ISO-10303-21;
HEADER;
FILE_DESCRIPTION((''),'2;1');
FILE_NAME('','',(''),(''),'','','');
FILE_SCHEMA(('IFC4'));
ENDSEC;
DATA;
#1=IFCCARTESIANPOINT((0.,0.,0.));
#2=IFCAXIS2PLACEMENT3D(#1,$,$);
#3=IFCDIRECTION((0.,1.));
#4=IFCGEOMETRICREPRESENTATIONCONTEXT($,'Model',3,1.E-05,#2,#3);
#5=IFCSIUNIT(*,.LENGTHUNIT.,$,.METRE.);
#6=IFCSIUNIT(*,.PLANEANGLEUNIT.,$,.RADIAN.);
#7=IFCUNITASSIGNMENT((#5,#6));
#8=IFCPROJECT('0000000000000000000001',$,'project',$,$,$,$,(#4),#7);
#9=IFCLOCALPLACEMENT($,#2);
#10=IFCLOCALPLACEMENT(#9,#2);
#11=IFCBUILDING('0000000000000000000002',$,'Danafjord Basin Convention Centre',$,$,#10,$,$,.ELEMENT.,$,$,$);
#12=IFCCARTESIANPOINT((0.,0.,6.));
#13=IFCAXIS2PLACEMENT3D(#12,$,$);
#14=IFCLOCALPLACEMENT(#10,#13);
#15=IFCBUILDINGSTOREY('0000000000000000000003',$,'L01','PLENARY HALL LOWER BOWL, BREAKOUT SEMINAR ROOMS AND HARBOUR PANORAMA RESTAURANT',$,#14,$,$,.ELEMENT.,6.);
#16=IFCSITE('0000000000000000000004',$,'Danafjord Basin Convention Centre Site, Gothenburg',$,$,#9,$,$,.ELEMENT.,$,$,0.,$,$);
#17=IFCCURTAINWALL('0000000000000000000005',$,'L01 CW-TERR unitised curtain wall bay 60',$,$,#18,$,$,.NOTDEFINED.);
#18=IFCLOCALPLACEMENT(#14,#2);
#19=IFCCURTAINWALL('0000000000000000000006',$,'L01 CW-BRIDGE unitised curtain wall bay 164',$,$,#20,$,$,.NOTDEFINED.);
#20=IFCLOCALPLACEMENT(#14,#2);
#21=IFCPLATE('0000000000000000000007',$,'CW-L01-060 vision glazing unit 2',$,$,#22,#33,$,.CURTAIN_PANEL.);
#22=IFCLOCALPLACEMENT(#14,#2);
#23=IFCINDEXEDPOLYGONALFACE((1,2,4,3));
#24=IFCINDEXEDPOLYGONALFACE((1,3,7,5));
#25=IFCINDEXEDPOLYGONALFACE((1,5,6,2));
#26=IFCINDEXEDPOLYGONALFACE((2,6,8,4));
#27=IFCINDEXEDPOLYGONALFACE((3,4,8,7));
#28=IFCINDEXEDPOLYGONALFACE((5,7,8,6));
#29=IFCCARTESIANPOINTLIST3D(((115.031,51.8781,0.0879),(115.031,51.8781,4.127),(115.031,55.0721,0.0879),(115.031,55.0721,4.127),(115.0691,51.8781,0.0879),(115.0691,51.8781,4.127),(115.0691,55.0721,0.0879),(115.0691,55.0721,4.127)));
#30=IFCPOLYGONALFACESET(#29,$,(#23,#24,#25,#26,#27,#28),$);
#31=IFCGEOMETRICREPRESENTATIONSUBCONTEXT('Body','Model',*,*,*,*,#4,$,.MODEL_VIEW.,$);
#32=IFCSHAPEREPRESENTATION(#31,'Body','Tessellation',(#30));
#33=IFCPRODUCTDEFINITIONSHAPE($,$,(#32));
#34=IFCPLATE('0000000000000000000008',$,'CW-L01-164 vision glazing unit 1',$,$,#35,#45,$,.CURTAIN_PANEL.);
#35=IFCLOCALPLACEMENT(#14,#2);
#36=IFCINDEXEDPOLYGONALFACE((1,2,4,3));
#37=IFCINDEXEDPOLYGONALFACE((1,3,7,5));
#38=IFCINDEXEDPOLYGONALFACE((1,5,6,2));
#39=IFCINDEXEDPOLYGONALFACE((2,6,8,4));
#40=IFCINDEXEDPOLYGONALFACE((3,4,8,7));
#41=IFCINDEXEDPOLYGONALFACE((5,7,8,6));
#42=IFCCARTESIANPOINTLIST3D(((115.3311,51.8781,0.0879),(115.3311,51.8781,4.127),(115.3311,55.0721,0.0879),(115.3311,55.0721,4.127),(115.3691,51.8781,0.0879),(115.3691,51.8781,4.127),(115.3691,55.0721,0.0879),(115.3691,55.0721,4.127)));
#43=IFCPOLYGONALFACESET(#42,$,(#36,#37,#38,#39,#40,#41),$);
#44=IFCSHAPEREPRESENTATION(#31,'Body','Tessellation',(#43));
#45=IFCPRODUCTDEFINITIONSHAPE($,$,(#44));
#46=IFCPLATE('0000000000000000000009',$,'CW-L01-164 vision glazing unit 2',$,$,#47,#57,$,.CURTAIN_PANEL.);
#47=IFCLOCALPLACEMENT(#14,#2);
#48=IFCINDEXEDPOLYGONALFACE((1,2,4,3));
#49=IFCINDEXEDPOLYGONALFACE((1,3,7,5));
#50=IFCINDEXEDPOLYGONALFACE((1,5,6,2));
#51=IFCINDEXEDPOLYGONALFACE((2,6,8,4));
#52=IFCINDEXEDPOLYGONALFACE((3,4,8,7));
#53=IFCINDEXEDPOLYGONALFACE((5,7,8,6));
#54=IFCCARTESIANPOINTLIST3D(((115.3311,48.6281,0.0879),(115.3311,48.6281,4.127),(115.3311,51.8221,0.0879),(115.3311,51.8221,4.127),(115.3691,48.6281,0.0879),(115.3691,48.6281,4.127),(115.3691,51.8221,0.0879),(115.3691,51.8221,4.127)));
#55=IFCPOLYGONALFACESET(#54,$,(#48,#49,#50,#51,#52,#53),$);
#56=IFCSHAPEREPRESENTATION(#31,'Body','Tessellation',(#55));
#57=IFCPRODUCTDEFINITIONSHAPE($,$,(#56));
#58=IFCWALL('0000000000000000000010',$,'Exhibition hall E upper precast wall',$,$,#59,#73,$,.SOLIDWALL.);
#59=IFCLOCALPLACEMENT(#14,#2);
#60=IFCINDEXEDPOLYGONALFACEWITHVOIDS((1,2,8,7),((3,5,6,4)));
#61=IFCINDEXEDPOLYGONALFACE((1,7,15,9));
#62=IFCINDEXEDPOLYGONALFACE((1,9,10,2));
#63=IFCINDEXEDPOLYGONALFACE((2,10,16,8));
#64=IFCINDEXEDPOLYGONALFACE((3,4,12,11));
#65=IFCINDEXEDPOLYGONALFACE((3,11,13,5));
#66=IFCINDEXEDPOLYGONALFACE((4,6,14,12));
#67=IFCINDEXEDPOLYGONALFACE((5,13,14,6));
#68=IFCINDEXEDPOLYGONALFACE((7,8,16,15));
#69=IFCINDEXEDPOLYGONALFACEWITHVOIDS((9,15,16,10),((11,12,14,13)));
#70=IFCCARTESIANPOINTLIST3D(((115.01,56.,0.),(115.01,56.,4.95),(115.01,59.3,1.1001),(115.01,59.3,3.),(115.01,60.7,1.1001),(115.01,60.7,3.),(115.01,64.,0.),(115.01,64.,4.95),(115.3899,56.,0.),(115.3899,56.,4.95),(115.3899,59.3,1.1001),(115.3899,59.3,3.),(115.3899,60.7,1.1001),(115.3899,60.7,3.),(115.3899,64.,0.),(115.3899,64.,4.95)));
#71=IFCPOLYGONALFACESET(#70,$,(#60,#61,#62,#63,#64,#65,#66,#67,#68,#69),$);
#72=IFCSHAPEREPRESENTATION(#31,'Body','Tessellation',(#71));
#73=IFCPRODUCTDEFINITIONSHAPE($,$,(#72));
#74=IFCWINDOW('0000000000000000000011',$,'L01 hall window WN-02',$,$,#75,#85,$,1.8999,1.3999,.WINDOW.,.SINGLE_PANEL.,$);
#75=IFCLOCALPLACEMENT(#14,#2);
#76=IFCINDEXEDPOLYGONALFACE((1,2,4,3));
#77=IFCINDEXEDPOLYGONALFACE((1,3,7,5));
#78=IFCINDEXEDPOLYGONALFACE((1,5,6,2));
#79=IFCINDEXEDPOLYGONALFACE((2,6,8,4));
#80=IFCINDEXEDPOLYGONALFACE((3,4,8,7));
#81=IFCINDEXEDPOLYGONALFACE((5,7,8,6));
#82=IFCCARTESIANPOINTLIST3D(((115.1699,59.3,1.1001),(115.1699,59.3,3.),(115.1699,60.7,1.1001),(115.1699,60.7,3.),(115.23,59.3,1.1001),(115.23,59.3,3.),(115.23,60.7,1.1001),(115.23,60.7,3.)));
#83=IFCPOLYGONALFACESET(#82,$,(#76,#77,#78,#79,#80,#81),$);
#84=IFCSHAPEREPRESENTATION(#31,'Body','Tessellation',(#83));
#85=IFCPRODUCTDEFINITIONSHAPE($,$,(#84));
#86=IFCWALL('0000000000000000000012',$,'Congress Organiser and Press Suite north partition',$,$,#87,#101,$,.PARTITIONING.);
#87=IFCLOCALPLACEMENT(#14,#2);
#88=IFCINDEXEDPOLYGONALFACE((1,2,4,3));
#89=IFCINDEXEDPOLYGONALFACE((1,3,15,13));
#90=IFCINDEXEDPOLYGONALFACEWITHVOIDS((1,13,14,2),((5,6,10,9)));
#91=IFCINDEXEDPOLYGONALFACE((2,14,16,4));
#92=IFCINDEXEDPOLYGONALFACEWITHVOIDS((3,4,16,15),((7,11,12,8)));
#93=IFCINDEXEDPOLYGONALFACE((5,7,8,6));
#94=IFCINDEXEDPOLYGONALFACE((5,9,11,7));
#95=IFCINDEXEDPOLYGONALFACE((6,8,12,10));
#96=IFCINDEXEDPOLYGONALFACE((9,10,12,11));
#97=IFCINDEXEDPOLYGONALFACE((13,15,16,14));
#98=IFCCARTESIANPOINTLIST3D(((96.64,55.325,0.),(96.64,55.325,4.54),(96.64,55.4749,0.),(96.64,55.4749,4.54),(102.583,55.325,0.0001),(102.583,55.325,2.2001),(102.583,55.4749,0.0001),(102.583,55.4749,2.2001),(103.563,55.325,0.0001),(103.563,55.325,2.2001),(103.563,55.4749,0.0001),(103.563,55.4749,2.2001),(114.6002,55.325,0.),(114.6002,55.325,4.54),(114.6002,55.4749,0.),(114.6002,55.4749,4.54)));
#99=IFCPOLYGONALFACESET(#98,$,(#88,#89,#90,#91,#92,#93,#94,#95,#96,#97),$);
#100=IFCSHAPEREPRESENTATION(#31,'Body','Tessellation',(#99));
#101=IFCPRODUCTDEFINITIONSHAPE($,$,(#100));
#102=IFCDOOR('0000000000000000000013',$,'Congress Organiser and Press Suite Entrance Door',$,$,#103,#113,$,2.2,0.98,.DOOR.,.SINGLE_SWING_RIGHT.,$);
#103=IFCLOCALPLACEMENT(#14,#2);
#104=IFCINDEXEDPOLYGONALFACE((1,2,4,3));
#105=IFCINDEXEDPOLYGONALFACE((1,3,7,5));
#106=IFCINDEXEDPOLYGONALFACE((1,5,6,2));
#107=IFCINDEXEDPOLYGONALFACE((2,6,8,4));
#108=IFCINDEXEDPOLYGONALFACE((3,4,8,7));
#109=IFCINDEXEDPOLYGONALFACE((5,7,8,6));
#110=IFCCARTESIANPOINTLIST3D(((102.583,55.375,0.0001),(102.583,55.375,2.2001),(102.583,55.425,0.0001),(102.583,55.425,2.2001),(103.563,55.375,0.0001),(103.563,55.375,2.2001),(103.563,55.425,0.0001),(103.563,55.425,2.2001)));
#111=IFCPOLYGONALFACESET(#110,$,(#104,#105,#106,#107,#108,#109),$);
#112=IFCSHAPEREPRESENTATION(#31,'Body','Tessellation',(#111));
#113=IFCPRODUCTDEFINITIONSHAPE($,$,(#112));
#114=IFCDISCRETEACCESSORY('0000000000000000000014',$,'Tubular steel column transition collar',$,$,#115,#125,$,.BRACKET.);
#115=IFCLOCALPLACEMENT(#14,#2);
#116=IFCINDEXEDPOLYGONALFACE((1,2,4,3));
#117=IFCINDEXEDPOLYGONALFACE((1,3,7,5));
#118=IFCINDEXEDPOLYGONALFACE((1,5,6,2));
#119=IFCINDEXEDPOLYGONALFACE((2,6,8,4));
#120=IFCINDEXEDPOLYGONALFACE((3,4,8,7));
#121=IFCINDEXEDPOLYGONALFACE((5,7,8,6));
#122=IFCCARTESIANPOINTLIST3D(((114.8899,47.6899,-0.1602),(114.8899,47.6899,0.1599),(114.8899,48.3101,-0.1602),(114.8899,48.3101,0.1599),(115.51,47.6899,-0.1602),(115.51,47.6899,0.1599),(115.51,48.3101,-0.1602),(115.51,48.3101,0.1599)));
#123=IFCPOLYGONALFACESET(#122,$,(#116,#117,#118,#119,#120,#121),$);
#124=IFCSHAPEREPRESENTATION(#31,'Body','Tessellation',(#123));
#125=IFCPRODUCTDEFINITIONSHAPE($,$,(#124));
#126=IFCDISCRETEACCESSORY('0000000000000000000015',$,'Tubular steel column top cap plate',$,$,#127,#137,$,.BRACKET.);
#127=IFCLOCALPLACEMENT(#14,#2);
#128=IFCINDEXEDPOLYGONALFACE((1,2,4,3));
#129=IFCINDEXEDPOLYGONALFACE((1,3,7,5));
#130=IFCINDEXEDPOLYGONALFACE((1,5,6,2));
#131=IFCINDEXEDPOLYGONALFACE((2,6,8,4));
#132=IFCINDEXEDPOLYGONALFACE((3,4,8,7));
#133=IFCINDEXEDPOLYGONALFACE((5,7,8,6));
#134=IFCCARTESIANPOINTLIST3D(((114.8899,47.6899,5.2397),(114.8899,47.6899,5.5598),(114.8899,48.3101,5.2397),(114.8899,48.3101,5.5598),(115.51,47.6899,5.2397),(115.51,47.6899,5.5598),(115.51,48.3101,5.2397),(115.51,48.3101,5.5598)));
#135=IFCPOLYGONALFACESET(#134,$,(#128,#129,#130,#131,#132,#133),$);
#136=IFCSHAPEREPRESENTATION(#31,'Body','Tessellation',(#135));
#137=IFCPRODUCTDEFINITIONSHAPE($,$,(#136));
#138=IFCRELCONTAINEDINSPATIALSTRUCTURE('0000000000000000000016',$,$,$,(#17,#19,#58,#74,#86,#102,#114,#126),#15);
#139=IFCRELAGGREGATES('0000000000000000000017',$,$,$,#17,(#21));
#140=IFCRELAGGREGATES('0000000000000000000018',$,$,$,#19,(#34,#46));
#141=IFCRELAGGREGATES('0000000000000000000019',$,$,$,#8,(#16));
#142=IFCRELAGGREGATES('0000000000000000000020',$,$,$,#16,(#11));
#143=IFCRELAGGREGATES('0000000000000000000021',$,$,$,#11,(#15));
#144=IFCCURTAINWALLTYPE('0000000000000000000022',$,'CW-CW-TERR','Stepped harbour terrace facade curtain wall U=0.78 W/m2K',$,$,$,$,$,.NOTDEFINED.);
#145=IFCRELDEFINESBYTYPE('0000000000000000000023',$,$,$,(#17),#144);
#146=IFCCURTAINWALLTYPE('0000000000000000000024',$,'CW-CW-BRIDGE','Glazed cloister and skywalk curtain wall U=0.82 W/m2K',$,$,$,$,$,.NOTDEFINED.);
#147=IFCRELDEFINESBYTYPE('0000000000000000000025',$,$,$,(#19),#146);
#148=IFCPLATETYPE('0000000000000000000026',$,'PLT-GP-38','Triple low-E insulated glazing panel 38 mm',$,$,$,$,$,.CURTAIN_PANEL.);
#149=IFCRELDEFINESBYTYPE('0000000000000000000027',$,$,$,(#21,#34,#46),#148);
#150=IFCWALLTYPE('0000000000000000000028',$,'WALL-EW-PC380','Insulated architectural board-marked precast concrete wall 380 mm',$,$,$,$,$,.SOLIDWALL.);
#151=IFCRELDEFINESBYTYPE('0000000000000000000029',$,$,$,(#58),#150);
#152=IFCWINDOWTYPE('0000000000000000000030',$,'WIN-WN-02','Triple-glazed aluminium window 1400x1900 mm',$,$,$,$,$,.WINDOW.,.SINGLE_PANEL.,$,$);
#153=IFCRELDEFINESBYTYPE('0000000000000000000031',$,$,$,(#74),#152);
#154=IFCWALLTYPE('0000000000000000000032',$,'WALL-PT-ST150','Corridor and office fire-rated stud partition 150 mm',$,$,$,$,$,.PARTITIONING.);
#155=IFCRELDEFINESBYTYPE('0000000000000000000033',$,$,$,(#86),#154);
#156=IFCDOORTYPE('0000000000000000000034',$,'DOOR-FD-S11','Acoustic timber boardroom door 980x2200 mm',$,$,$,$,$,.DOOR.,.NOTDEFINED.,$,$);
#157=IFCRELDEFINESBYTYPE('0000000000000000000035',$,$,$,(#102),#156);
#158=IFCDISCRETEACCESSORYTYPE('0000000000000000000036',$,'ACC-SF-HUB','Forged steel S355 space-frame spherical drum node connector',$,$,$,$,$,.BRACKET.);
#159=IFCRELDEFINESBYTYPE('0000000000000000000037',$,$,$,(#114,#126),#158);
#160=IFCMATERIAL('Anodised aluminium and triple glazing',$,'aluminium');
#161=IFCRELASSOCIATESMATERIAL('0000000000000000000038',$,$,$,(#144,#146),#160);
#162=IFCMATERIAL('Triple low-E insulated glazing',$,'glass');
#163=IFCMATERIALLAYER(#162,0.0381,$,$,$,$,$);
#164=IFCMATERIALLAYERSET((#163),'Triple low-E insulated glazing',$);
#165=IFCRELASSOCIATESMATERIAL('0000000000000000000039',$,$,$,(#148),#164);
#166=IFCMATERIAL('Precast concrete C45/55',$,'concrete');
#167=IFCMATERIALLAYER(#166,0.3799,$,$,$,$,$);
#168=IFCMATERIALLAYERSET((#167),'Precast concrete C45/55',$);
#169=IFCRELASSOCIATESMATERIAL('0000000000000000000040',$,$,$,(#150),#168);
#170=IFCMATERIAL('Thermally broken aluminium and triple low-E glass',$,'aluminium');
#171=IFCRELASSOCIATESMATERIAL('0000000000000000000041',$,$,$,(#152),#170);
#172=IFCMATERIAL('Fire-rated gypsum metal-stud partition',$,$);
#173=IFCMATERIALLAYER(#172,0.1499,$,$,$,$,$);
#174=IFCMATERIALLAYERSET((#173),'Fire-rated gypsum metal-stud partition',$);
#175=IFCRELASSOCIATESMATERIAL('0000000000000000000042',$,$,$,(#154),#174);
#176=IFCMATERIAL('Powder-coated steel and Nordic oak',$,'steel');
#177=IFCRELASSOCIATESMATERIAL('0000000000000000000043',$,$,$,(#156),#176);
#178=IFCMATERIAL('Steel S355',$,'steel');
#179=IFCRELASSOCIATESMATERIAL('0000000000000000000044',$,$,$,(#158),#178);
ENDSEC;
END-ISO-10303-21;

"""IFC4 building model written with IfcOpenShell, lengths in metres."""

from ifc_helpers import new_model, si_unit, direction, frame, frame_2d, origin, origin_2d, place, context, subcontext, project, spatial, rectangle, extrude, material, layer, layer_set, type_object, element, fill, aggregate, save


model = new_model("IFC4")

# Units and contexts
model_context = context("Model", 3, precision=1e-05, world=origin(), true_north=direction((0.0, 1.0)))
body_context = subcontext(model_context, "Body", "Model", "MODEL_VIEW")
ifc_project = project(units=[si_unit("LENGTHUNIT", "METRE"), si_unit("PLANEANGLEUNIT", "RADIAN")], contexts=[model_context])

# Site, building, storey
site_placement = place(None, origin())
site = spatial("IfcSite", under=ifc_project, at=site_placement, Name="Danafjord Basin Convention Centre Site, Gothenburg", CompositionType="ELEMENT", RefElevation=0.0)
building_placement = place(site_placement, origin())
building = spatial("IfcBuilding", under=site, at=building_placement, Name="Danafjord Basin Convention Centre", CompositionType="ELEMENT")
storey_placement = place(building_placement, frame((0.0, 0.0, 6.0)))
storey = spatial("IfcBuildingStorey", under=building, at=storey_placement, Name="L01", Description="PLENARY HALL LOWER BOWL, BREAKOUT SEMINAR ROOMS AND HARBOUR PANORAMA RESTAURANT", CompositionType="ELEMENT", Elevation=6.0)

# Shared definitions
ifc_material_1 = material(Name="Steel S355", Category="steel")

# Curtain wall
ifc_material_2 = material(Name="Anodised aluminium and triple glazing", Category="aluminium")
curtain_wall_type_1 = type_object("IfcCurtainWallType", Name="CW-CW-TERR", Description="Stepped harbour terrace facade curtain wall U=0.78 W/m2K", PredefinedType="NOTDEFINED", material=ifc_material_2)
curtain_wall_1_placement = place(storey_placement, origin())
curtain_wall_1 = element("IfcCurtainWall", 1, at=curtain_wall_1_placement, inside=storey, type_object=curtain_wall_type_1, Name="L01 CW-TERR unitised curtain wall bay 60", PredefinedType="NOTDEFINED")

# Shared definitions
curtain_wall_type_2 = type_object("IfcCurtainWallType", Name="CW-CW-BRIDGE", Description="Glazed cloister and skywalk curtain wall U=0.82 W/m2K", PredefinedType="NOTDEFINED", material=ifc_material_2)

# Curtain wall
curtain_wall_2_placement = place(storey_placement, origin())
curtain_wall_2 = element("IfcCurtainWall", 2, at=curtain_wall_2_placement, inside=storey, type_object=curtain_wall_type_2, Name="L01 CW-BRIDGE unitised curtain wall bay 164", PredefinedType="NOTDEFINED")

# Plates
ifc_material_3 = material(Name="Triple low-E insulated glazing", Category="glass")
ifc_layer_1 = layer(ifc_material_3, 0.0381)
ifc_layer_set_1 = layer_set([ifc_layer_1], Name="Triple low-E insulated glazing")
plate_type = type_object("IfcPlateType", Name="PLT-GP-38", Description="Triple low-E insulated glazing panel 38 mm", PredefinedType="CURTAIN_PANEL", material=ifc_layer_set_1)
plate_1_placement = place(storey_placement, frame((115.05, 53.4751, 0.0879), z_axis=(0.0, 0.0, 1.0), x_axis=(0.0, 1.0, 0.0)))
plate_1 = element("IfcPlate", 3, at=plate_1_placement, type_object=plate_type, Name="CW-L01-060 vision glazing unit 2", PredefinedType="CURTAIN_PANEL", context=body_context, shape_type="SweptSolid", body=[
    extrude(rectangle(XDim=3.1941, YDim=0.0381, at=origin_2d()), origin(), (0.0, 0.0, 1.0), 4.0391),
])
aggregate(curtain_wall_1, [plate_1])
plate_2_placement = place(storey_placement, frame((115.3501, 53.4751, 0.0879), z_axis=(0.0, 0.0, 1.0), x_axis=(0.0, -1.0, 0.0)))
plate_2 = element("IfcPlate", 4, at=plate_2_placement, type_object=plate_type, Name="CW-L01-164 vision glazing unit 1", PredefinedType="CURTAIN_PANEL", context=body_context, shape_type="SweptSolid", body=[
    extrude(rectangle(XDim=3.1941, YDim=0.0381, at=origin_2d()), origin(), (0.0, 0.0, 1.0), 4.0391),
])
plate_3_placement = place(storey_placement, frame((115.3501, 50.2251, 0.0879), z_axis=(0.0, 0.0, 1.0), x_axis=(0.0, -1.0, 0.0)))
plate_3 = element("IfcPlate", 5, at=plate_3_placement, type_object=plate_type, Name="CW-L01-164 vision glazing unit 2", PredefinedType="CURTAIN_PANEL", context=body_context, shape_type="SweptSolid", body=[
    extrude(rectangle(XDim=3.1941, YDim=0.0381, at=origin_2d()), origin(), (0.0, 0.0, 1.0), 4.0391),
])
aggregate(curtain_wall_2, [plate_2, plate_3])

# Wall, opening, window
ifc_material_4 = material(Name="Precast concrete C45/55", Category="concrete")
ifc_layer_2 = layer(ifc_material_4, 0.3799)
ifc_layer_set_2 = layer_set([ifc_layer_2], Name="Precast concrete C45/55")
wall_type_1 = type_object("IfcWallType", Name="WALL-EW-PC380", Description="Insulated architectural board-marked precast concrete wall 380 mm", PredefinedType="SOLIDWALL", material=ifc_layer_set_2)
wall_1_placement = place(storey_placement, frame((115.2, 56.0, 0.0), z_axis=(0.0, 0.0, 1.0), x_axis=(0.0, 1.0, 0.0)))
wall_1 = element("IfcWall", 6, at=wall_1_placement, inside=storey, type_object=wall_type_1, Name="Exhibition hall E upper precast wall", PredefinedType="SOLIDWALL", context=body_context, shape_type="SweptSolid", body=[
    extrude(rectangle(XDim=8.0, YDim=0.3799, at=frame_2d((4.0, 0.0))), origin(), (0.0, 0.0, 1.0), 4.95),
])
opening_1_placement = place(wall_1_placement, frame((3.3, 0.0, 1.1001)))
opening_1 = element("IfcOpeningElement", 7, at=opening_1_placement, cuts=wall_1, PredefinedType="OPENING", context=body_context, shape_type="SweptSolid", body=[
    extrude(rectangle(XDim=1.3999, YDim=1.8999, at=frame_2d((0.7, 0.95))), frame((0.0, 0.2, 0.0), z_axis=(0.0, -1.0, 0.0), x_axis=(1.0, 0.0, 0.0)), (0.0, 0.0, 1.0), 0.3999),
])
ifc_material_5 = material(Name="Thermally broken aluminium and triple low-E glass", Category="aluminium")
window_type = type_object("IfcWindowType", Name="WIN-WN-02", Description="Triple-glazed aluminium window 1400x1900 mm", PartitioningType="SINGLE_PANEL", PredefinedType="WINDOW", material=ifc_material_5)
window_placement = place(opening_1_placement, origin())
window = element("IfcWindow", 8, at=window_placement, inside=storey, type_object=window_type, Name="L01 hall window WN-02", OverallHeight=1.8999, OverallWidth=1.3999, PartitioningType="SINGLE_PANEL", PredefinedType="WINDOW", context=body_context, shape_type="SweptSolid", body=[
    extrude(rectangle(XDim=1.3999, YDim=1.8999, at=frame_2d((0.7, 0.95))), frame((0.0, 0.03, 0.0), z_axis=(0.0, -1.0, 0.0), x_axis=(1.0, 0.0, 0.0)), (0.0, 0.0, 1.0), 0.0601),
])
fill(opening_1, window)

# Wall, opening, door
ifc_material_6 = material(Name="Fire-rated gypsum metal-stud partition")
ifc_layer_3 = layer(ifc_material_6, 0.1499)
ifc_layer_set_3 = layer_set([ifc_layer_3], Name="Fire-rated gypsum metal-stud partition")
wall_type_2 = type_object("IfcWallType", Name="WALL-PT-ST150", Description="Corridor and office fire-rated stud partition 150 mm", PredefinedType="PARTITIONING", material=ifc_layer_set_3)
wall_2_placement = place(storey_placement, frame((114.6001, 55.3999, 0.0), z_axis=(0.0, 0.0, 1.0), x_axis=(-1.0, 0.0, 0.0)))
wall_2 = element("IfcWall", 9, at=wall_2_placement, inside=storey, type_object=wall_type_2, Name="Congress Organiser and Press Suite north partition", PredefinedType="PARTITIONING", context=body_context, shape_type="SweptSolid", body=[
    extrude(rectangle(XDim=17.9602, YDim=0.1499, at=frame_2d((8.98, 0.0))), origin(), (0.0, 0.0, 1.0), 4.54),
])
opening_2_placement = place(wall_2_placement, frame((11.0371, 0.0, 0.0)))
opening_2 = element("IfcOpeningElement", 10, at=opening_2_placement, cuts=wall_2, PredefinedType="OPENING", context=body_context, shape_type="SweptSolid", body=[
    extrude(rectangle(XDim=0.98, YDim=2.2, at=frame_2d((0.49, 1.1001))), frame((0.0, 0.085, 0.0), z_axis=(0.0, -1.0, 0.0), x_axis=(1.0, 0.0, 0.0)), (0.0, 0.0, 1.0), 0.1699),
])
ifc_material_7 = material(Name="Powder-coated steel and Nordic oak", Category="steel")
door_type = type_object("IfcDoorType", Name="DOOR-FD-S11", Description="Acoustic timber boardroom door 980x2200 mm", OperationType="NOTDEFINED", PredefinedType="DOOR", material=ifc_material_7)
door_placement = place(opening_2_placement, origin())
door = element("IfcDoor", 11, at=door_placement, inside=storey, type_object=door_type, Name="Congress Organiser and Press Suite Entrance Door", OperationType="SINGLE_SWING_RIGHT", OverallHeight=2.2, OverallWidth=0.98, PredefinedType="DOOR", context=body_context, shape_type="SweptSolid", body=[
    extrude(rectangle(XDim=0.98, YDim=2.2, at=frame_2d((0.49, 1.1001))), frame((0.0, 0.0249, 0.0), z_axis=(0.0, -1.0, 0.0), x_axis=(1.0, 0.0, 0.0)), (0.0, 0.0, 1.0), 0.05),
])
fill(opening_2, door)

# Discrete accessories
discrete_accessory_type = type_object("IfcDiscreteAccessoryType", Name="ACC-SF-HUB", Description="Forged steel S355 space-frame spherical drum node connector", PredefinedType="BRACKET", material=ifc_material_1)
for number, where, z_axis, x_axis, name in (
    (12, (115.2, 48.0, -0.1602), (0.0, 0.0, 1.0), (1.0, 0.0, 0.0), "Tubular steel column transition collar"),
    (13, (115.2, 48.0, 5.2397), (0.0, 0.0, 1.0), (1.0, 0.0, 0.0), "Tubular steel column top cap plate"),
):
    element("IfcDiscreteAccessory", number, at=place(storey_placement, frame(where, z_axis=z_axis, x_axis=x_axis)), inside=storey, type_object=discrete_accessory_type, Name=name, PredefinedType="BRACKET", context=body_context, shape_type="SweptSolid", body=[
        extrude(rectangle(XDim=0.6201, YDim=0.6201, at=origin_2d()), origin(), (0.0, 0.0, 1.0), 0.3201),
    ])

save(model, "model.ifc")
